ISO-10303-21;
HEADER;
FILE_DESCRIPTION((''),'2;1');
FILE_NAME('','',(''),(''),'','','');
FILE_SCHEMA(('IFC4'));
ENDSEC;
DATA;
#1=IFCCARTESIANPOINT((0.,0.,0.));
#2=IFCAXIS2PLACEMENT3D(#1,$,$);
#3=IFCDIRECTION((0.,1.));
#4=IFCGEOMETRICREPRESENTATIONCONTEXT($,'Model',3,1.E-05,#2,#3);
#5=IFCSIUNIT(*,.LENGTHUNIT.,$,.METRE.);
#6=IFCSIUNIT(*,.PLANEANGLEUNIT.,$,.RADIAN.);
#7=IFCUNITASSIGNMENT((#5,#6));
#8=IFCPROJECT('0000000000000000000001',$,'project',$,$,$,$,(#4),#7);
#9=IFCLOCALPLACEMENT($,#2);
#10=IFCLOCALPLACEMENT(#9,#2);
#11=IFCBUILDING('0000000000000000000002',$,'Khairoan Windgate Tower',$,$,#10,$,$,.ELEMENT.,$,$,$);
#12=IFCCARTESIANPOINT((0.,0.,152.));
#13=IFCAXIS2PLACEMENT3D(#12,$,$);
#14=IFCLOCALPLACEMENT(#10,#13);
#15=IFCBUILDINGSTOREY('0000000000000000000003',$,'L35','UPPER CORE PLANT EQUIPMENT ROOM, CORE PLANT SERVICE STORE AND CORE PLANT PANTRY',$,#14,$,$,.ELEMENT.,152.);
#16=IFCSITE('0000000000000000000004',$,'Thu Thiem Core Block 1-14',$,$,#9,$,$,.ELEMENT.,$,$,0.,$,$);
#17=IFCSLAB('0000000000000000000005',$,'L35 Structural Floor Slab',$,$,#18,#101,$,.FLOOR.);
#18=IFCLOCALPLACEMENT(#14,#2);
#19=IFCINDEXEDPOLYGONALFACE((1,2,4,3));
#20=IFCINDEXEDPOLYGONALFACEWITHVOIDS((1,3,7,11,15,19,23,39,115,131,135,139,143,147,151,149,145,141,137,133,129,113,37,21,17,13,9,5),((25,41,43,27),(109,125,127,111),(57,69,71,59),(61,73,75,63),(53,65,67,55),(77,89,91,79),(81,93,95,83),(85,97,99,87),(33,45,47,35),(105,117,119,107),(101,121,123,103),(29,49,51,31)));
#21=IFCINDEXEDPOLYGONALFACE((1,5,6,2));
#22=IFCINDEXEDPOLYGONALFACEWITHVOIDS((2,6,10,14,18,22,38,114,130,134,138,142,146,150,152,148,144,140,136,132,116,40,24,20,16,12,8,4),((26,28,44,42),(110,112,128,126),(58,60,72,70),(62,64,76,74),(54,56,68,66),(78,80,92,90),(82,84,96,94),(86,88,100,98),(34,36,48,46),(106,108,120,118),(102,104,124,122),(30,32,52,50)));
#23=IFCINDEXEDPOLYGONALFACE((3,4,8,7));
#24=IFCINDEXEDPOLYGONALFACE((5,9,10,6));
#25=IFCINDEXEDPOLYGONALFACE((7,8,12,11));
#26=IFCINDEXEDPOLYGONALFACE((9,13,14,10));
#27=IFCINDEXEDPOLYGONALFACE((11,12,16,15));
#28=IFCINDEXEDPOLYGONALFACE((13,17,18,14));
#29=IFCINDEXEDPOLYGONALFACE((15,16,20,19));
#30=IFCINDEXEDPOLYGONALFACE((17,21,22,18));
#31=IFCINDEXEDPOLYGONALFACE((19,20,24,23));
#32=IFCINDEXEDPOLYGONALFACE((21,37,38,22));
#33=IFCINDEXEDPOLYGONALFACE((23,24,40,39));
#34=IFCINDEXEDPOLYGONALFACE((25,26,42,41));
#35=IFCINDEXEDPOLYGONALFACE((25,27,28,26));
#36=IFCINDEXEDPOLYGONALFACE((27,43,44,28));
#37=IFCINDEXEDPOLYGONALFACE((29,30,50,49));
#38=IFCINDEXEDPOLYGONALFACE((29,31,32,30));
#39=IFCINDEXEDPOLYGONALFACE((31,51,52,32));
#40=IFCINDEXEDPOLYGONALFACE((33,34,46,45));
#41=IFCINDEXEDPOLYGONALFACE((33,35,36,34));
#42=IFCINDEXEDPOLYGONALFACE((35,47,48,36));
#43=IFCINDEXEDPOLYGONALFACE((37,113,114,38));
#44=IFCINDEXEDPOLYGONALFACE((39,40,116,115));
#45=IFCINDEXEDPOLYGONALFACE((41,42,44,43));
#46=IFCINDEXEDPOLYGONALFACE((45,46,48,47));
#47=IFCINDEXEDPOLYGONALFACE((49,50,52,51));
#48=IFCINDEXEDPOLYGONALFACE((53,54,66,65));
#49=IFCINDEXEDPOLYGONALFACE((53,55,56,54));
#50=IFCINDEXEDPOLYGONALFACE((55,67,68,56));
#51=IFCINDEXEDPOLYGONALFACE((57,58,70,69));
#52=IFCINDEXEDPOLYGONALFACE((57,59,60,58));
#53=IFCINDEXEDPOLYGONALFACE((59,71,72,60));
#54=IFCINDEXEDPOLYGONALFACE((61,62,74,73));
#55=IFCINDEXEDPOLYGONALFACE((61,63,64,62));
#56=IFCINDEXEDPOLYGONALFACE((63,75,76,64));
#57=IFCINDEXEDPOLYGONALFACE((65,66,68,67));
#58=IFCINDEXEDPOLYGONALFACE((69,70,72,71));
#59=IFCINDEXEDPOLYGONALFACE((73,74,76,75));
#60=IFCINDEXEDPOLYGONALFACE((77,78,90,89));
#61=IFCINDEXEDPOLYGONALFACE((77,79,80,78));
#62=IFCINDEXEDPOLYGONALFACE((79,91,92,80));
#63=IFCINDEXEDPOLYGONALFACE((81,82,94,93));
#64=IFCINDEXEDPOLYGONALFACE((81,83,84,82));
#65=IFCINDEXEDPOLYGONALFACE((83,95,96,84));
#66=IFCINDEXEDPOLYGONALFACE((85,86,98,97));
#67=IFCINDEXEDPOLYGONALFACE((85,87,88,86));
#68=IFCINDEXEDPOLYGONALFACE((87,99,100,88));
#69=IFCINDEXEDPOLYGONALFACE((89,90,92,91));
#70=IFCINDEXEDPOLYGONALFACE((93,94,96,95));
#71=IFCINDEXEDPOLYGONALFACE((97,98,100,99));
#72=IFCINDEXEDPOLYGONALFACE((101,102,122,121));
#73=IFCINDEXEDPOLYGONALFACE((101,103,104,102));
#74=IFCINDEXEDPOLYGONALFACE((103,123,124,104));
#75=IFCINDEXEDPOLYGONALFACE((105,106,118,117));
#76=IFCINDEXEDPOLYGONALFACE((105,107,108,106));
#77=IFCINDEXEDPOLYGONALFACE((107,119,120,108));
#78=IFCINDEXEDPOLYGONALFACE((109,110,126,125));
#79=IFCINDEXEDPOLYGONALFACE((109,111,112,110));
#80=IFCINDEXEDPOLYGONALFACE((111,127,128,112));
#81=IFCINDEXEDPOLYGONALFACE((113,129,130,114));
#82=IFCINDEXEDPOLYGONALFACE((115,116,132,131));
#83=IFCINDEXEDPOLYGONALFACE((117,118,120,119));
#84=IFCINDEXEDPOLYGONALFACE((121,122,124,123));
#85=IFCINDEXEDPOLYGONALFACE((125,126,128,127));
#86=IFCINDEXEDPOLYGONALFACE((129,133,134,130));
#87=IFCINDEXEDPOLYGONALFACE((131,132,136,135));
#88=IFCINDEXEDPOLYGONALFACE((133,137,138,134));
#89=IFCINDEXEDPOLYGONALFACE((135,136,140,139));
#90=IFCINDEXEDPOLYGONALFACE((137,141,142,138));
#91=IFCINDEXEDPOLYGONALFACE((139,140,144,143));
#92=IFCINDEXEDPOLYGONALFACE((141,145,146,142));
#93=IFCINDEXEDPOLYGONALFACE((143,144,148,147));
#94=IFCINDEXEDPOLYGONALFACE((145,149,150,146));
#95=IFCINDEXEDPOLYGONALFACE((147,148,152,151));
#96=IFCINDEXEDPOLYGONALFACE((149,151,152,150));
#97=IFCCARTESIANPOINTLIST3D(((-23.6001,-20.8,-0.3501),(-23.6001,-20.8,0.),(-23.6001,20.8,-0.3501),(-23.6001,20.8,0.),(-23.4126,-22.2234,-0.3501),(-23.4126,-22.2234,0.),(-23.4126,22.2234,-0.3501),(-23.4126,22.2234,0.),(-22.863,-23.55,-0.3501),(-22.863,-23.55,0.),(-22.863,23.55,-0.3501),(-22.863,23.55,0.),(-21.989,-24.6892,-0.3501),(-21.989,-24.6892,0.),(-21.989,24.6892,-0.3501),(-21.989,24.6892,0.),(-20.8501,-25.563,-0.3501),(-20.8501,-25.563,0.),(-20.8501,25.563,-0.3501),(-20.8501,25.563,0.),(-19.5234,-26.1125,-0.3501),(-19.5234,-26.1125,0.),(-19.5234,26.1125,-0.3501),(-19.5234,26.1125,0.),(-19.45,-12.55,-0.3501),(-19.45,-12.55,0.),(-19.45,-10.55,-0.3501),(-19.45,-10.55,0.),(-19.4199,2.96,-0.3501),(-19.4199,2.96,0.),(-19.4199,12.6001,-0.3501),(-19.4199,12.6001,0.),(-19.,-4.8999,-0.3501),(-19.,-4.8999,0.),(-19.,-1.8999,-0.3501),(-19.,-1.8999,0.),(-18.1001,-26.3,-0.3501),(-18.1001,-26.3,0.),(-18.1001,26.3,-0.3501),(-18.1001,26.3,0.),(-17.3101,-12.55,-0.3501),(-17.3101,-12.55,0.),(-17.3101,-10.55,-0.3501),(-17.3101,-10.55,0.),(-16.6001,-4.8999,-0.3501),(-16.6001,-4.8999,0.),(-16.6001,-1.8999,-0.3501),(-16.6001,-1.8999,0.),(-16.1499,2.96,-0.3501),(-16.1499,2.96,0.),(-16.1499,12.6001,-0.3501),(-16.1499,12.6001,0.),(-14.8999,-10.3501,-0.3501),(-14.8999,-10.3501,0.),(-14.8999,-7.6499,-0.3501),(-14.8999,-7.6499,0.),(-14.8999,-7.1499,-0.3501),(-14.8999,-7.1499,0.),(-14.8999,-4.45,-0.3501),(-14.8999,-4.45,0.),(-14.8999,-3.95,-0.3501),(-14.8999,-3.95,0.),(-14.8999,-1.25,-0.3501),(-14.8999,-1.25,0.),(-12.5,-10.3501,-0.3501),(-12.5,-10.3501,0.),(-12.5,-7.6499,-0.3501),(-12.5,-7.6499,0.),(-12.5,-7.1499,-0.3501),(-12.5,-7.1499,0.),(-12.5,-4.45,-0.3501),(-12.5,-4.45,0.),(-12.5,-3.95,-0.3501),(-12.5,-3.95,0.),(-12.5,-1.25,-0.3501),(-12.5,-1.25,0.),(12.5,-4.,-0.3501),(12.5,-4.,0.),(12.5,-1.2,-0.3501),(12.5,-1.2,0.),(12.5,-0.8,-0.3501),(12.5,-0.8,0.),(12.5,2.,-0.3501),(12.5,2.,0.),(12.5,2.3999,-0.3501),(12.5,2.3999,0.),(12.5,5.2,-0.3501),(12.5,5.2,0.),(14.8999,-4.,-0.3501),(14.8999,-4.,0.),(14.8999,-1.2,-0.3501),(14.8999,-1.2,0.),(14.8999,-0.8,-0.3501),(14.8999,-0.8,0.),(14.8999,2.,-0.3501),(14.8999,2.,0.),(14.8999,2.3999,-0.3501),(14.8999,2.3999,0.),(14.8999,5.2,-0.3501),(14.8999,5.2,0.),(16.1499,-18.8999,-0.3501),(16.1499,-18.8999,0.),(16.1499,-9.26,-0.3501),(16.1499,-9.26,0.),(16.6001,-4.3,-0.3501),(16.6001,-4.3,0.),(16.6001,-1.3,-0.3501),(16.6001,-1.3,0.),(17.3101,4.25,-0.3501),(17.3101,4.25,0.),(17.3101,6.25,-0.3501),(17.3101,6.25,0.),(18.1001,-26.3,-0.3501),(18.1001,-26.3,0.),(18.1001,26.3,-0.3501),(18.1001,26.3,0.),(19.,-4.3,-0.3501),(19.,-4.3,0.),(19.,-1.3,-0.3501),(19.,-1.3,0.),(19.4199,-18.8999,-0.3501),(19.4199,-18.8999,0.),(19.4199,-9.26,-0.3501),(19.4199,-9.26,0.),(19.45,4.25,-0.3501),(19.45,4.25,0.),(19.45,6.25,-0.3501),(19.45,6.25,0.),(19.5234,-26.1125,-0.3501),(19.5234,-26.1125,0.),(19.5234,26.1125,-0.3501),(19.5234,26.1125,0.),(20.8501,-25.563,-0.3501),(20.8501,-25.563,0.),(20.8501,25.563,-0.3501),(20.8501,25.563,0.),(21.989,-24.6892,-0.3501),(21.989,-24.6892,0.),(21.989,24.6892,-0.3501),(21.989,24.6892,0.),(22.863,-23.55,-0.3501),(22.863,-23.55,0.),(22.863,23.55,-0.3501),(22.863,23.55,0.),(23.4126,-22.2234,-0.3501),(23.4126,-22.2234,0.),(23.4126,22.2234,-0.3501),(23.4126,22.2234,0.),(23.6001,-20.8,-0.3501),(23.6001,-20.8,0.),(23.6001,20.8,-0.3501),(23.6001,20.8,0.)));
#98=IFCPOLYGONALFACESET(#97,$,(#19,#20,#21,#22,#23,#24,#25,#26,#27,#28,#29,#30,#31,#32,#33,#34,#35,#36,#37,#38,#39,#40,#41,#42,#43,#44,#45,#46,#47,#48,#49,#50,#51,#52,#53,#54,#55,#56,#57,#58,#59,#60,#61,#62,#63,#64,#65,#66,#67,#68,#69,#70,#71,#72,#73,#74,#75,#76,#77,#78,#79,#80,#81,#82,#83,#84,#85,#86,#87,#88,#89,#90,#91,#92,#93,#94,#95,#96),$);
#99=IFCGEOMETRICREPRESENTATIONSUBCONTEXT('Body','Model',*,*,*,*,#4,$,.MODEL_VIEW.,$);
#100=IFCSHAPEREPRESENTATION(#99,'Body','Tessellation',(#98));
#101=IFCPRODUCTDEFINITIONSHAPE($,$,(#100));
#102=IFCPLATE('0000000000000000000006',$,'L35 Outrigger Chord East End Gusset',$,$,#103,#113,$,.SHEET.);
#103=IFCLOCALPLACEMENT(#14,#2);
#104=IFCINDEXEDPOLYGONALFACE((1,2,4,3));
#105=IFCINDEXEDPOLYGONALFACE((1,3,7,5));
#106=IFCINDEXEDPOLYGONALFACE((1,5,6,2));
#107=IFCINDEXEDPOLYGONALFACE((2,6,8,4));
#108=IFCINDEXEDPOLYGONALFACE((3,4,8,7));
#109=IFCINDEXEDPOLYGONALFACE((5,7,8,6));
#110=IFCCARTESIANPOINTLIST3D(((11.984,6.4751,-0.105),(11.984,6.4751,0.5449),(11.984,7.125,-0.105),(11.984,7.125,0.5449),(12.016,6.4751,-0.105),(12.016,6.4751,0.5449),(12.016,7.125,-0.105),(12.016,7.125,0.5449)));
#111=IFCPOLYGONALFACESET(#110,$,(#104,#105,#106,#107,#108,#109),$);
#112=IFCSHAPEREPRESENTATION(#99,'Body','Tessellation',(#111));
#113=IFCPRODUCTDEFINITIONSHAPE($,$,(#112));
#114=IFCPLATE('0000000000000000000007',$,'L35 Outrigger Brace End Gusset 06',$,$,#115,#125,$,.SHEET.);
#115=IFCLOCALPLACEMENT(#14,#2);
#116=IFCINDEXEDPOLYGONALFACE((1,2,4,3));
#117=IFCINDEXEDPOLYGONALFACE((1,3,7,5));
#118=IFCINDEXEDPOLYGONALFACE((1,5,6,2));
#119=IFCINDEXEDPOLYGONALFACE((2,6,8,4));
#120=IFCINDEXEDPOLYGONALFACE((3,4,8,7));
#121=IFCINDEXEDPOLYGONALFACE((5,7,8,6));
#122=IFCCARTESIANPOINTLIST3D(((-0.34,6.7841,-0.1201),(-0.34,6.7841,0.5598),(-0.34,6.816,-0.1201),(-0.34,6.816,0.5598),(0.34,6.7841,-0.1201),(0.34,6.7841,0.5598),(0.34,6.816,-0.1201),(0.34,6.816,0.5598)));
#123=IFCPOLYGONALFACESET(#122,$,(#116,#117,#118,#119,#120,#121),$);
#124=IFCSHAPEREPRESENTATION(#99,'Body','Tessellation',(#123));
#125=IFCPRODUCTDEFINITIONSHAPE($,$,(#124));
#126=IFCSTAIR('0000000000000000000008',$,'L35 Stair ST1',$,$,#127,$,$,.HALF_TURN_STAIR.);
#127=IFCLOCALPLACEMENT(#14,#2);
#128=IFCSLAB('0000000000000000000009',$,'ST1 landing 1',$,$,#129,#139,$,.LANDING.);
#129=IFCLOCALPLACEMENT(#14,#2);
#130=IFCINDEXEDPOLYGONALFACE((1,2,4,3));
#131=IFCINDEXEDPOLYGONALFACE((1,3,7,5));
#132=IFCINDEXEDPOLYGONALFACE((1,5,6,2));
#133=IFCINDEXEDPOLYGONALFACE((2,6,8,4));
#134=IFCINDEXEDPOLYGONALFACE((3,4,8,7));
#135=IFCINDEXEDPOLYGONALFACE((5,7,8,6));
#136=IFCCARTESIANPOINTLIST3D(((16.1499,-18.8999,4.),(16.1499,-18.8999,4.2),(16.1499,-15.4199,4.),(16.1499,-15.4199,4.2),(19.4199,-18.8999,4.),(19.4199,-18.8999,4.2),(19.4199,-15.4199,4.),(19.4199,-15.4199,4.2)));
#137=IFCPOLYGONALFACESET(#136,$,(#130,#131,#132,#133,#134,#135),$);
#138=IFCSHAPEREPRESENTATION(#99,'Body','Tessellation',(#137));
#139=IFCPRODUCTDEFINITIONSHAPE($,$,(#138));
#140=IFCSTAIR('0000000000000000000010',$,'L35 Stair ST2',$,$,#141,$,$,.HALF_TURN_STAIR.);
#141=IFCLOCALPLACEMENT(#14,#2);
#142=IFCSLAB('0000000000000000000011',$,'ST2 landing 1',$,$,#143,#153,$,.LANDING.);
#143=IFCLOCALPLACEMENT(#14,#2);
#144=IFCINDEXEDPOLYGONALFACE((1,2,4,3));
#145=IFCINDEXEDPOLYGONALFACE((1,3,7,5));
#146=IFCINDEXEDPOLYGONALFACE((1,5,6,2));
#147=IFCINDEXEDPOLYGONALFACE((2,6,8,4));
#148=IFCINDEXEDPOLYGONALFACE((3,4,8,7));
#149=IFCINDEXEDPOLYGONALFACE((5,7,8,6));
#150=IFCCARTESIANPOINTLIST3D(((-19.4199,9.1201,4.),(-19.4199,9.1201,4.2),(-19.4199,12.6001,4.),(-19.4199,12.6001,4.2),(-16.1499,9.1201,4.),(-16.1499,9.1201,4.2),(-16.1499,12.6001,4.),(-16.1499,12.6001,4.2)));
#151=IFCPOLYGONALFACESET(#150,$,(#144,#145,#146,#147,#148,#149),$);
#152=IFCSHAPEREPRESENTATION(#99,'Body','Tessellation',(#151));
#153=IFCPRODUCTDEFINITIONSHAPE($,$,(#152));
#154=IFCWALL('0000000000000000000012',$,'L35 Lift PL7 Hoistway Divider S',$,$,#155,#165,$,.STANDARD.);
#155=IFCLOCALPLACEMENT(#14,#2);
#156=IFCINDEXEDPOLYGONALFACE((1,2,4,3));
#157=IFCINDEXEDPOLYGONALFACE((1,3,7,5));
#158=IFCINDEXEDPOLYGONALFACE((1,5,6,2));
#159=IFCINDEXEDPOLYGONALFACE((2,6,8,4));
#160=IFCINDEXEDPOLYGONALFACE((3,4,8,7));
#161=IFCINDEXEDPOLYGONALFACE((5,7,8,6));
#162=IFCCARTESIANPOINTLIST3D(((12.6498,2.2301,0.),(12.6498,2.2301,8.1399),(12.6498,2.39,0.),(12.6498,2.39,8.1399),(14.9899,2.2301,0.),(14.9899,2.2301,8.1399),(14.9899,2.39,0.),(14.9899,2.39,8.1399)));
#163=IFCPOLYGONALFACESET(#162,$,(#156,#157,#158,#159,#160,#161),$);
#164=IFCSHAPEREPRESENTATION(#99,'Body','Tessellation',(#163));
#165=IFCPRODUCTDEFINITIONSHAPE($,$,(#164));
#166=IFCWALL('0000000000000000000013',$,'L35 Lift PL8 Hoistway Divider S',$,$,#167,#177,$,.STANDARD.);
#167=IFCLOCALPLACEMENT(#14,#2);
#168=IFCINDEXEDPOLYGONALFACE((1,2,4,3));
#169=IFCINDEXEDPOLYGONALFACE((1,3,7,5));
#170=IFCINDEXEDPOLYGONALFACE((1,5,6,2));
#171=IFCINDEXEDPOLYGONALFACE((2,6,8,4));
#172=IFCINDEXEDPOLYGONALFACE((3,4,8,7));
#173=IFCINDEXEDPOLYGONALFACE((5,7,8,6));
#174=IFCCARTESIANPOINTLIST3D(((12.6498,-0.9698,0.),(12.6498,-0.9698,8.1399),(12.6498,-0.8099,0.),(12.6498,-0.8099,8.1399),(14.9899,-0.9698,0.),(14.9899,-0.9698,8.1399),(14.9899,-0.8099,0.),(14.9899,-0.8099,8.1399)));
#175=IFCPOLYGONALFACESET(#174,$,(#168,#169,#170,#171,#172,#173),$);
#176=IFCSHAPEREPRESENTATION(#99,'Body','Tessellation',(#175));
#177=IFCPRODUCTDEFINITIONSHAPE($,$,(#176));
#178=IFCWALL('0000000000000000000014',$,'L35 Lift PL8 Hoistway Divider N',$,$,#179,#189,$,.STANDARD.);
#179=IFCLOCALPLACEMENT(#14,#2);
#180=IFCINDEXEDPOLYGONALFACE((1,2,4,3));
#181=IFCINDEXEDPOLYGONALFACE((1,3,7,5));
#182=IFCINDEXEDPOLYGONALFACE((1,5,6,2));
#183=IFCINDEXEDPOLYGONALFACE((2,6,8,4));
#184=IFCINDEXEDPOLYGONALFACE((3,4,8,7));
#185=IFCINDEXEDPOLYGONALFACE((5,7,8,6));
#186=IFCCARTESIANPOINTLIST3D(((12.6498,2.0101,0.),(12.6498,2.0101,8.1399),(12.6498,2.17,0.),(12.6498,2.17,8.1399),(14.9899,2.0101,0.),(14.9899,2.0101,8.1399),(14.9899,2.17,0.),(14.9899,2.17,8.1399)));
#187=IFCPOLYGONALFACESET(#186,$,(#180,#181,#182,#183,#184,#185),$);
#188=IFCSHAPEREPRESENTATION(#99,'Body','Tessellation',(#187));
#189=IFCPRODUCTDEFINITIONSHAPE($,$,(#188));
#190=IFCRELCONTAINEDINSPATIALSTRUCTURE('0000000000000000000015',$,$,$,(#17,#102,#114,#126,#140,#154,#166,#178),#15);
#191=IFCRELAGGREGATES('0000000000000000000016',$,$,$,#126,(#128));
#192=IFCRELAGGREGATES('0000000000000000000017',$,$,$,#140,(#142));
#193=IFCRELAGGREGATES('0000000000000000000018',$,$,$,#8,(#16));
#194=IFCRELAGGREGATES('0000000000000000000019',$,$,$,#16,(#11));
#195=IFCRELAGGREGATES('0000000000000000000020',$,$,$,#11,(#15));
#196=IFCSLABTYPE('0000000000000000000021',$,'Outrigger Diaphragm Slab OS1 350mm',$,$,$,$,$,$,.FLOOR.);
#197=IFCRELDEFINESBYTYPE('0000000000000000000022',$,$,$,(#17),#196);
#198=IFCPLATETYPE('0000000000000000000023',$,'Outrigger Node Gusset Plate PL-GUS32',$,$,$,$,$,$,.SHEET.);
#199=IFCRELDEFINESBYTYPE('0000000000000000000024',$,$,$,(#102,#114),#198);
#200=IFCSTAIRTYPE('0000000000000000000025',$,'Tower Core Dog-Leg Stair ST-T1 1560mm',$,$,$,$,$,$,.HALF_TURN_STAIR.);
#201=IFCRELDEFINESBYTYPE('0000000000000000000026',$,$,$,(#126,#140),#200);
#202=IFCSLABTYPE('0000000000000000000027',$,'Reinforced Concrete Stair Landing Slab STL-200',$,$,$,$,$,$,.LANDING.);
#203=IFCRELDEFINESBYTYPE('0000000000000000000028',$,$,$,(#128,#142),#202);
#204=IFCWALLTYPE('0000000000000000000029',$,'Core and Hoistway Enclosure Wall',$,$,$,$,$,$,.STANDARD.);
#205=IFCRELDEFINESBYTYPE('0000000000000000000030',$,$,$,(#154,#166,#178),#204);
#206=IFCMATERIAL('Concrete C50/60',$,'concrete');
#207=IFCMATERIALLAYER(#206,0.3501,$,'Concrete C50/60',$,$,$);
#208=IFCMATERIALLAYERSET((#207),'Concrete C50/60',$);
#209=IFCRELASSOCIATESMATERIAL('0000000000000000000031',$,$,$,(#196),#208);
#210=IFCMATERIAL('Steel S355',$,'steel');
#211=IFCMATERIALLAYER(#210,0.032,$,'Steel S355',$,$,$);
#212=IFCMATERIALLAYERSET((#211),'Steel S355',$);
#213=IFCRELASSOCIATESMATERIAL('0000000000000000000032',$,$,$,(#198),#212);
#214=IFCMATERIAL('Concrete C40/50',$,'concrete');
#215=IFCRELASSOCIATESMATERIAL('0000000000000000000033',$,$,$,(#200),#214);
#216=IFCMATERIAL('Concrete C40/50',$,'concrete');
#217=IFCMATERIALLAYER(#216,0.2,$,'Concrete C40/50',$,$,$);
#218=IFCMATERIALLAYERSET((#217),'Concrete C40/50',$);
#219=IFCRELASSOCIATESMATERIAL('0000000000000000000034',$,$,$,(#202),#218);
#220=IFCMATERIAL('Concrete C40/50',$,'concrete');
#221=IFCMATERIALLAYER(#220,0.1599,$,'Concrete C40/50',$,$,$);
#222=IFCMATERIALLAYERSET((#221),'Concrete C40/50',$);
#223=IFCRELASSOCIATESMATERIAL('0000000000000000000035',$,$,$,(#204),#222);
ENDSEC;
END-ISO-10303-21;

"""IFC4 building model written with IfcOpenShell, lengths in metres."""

from ifc_helpers import new_model, si_unit, direction, frame, frame_2d, origin, origin_2d, place, context, subcontext, project, spatial, polyline, rectangle, outline, extrude, material, layer, layer_set, type_object, element, aggregate, save


model = new_model("IFC4")

# Units and contexts
model_context = context("Model", 3, precision=1e-05, world=origin(), true_north=direction((0.0, 1.0)))
body_context = subcontext(model_context, "Body", "Model", "MODEL_VIEW")
ifc_project = project(units=[si_unit("LENGTHUNIT", "METRE"), si_unit("PLANEANGLEUNIT", "RADIAN")], contexts=[model_context])

# Site, building, storey
site_placement = place(None, origin())
site = spatial("IfcSite", under=ifc_project, at=site_placement, Name="Thu Thiem Core Block 1-14", CompositionType="ELEMENT", RefElevation=0.0)
building_placement = place(site_placement, origin())
building = spatial("IfcBuilding", under=site, at=building_placement, Name="Khairoan Windgate Tower", CompositionType="ELEMENT")
storey_placement = place(building_placement, frame((0.0, 0.0, 152.0)))
storey = spatial("IfcBuildingStorey", under=building, at=storey_placement, Name="L35", Description="UPPER CORE PLANT EQUIPMENT ROOM, CORE PLANT SERVICE STORE AND CORE PLANT PANTRY", CompositionType="ELEMENT", Elevation=152.0)

# Slab
ifc_material_1 = material(Name="Concrete C50/60", Category="concrete")
ifc_layer_1 = layer(ifc_material_1, 0.3501, Name="Concrete C50/60")
ifc_layer_set_1 = layer_set([ifc_layer_1], Name="Concrete C50/60")
slab_type_1 = type_object("IfcSlabType", Name="Outrigger Diaphragm Slab OS1 350mm", PredefinedType="FLOOR", material=ifc_layer_set_1)
slab_1_placement = place(storey_placement, frame((0.0, 0.0, -0.3501)))
element("IfcSlab", 1, at=slab_1_placement, inside=storey, type_object=slab_type_1, Name="L35 Structural Floor Slab", PredefinedType="FLOOR", context=body_context, shape_type="SweptSolid", body=[
    extrude(outline(polyline([(18.1001, -26.3), (19.5234, -26.1125), (20.8501, -25.563), (21.989, -24.6892), (22.863, -23.55), (23.4126, -22.2234), (23.6001, -20.8), (23.6001, 20.8), (23.4126, 22.2234), (22.863, 23.55), (21.989, 24.6892), (20.8501, 25.563), (19.5234, 26.1125), (18.1001, 26.3), (-18.1001, 26.3), (-19.5234, 26.1125), (-20.8501, 25.563), (-21.989, 24.6892), (-22.863, 23.55), (-23.4126, 22.2234), (-23.6001, 20.8), (-23.6001, -20.8), (-23.4126, -22.2234), (-22.863, -23.55), (-21.989, -24.6892), (-20.8501, -25.563), (-19.5234, -26.1125), (-18.1001, -26.3), (18.1001, -26.3)]), holes=[polyline([(16.1499, -9.26), (16.1499, -18.8999), (19.4199, -18.8999), (19.4199, -9.26), (16.1499, -9.26)]), polyline([(-16.1499, 2.96), (-16.1499, 12.6001), (-19.4199, 12.6001), (-19.4199, 2.96), (-16.1499, 2.96)]), polyline([(-14.8999, -3.95), (-12.5, -3.95), (-12.5, -1.25), (-14.8999, -1.25), (-14.8999, -3.95)]), polyline([(-14.8999, -7.1499), (-12.5, -7.1499), (-12.5, -4.45), (-14.8999, -4.45), (-14.8999, -7.1499)]), polyline([(-14.8999, -10.3501), (-12.5, -10.3501), (-12.5, -7.6499), (-14.8999, -7.6499), (-14.8999, -10.3501)]), polyline([(12.5, 2.3999), (14.8999, 2.3999), (14.8999, 5.2), (12.5, 5.2), (12.5, 2.3999)]), polyline([(12.5, -0.8), (14.8999, -0.8), (14.8999, 2.0), (12.5, 2.0), (12.5, -0.8)]), polyline([(12.5, -4.0), (14.8999, -4.0), (14.8999, -1.2), (12.5, -1.2), (12.5, -4.0)]), polyline([(16.6001, -4.3), (19.0, -4.3), (19.0, -1.3), (16.6001, -1.3), (16.6001, -4.3)]), polyline([(-19.0, -4.8999), (-16.6001, -4.8999), (-16.6001, -1.8999), (-19.0, -1.8999), (-19.0, -4.8999)]), polyline([(-19.45, -12.55), (-17.3101, -12.55), (-17.3101, -10.55), (-19.45, -10.55), (-19.45, -12.55)]), polyline([(17.3101, 4.25), (19.45, 4.25), (19.45, 6.25), (17.3101, 6.25), (17.3101, 4.25)])]), origin(), (0.0, 0.0, 1.0), 0.3501),
])

# Plates
ifc_material_2 = material(Name="Steel S355", Category="steel")
ifc_layer_2 = layer(ifc_material_2, 0.032, Name="Steel S355")
ifc_layer_set_2 = layer_set([ifc_layer_2], Name="Steel S355")
plate_type_1 = type_object("IfcPlateType", Name="Outrigger Node Gusset Plate PL-GUS32", PredefinedType="SHEET", material=ifc_layer_set_2)
plate_1_placement = place(storey_placement, frame((12.0, 6.8, -0.105), z_axis=(0.0, 0.0, 1.0), x_axis=(1.0, 0.0, 0.0)))
element("IfcPlate", 2, at=plate_1_placement, inside=storey, type_object=plate_type_1, Name="L35 Outrigger Chord East End Gusset", PredefinedType="SHEET", context=body_context, shape_type="SweptSolid", body=[
    extrude(rectangle(XDim=0.032, YDim=0.6499, at=origin_2d()), origin(), (0.0, 0.0, 1.0), 0.6499),
])
plate_2_placement = place(storey_placement, frame((0.0, 6.8, -0.1201), z_axis=(0.0, 0.0, 1.0), x_axis=(1.0, 0.0, 0.0)))
element("IfcPlate", 3, at=plate_2_placement, inside=storey, type_object=plate_type_1, Name="L35 Outrigger Brace End Gusset 06", PredefinedType="SHEET", context=body_context, shape_type="SweptSolid", body=[
    extrude(rectangle(XDim=0.6799, YDim=0.032, at=origin_2d()), origin(), (0.0, 0.0, 1.0), 0.6799),
])

# Stairs, slabs
ifc_material_3 = material(Name="Concrete C40/50", Category="concrete")
stair_type = type_object("IfcStairType", Name="Tower Core Dog-Leg Stair ST-T1 1560mm", PredefinedType="HALF_TURN_STAIR", material=ifc_material_3)
stair_1_placement = place(storey_placement, origin())
stair_1 = element("IfcStair", 4, at=stair_1_placement, inside=storey, type_object=stair_type, Name="L35 Stair ST1", PredefinedType="HALF_TURN_STAIR")
ifc_material_4 = material(Name="Concrete C40/50", Category="concrete")
ifc_layer_3 = layer(ifc_material_4, 0.2, Name="Concrete C40/50")
ifc_layer_set_3 = layer_set([ifc_layer_3], Name="Concrete C40/50")
slab_type_2 = type_object("IfcSlabType", Name="Reinforced Concrete Stair Landing Slab STL-200", PredefinedType="LANDING", material=ifc_layer_set_3)
slab_2_placement = place(storey_placement, frame((0.0, 0.0, 4.0)))
slab_2 = element("IfcSlab", 5, at=slab_2_placement, type_object=slab_type_2, Name="ST1 landing 1", PredefinedType="LANDING", context=body_context, shape_type="SweptSolid", body=[
    extrude(outline(polyline([(16.1499, -15.4199), (16.1499, -18.8999), (19.4199, -18.8999), (19.4199, -15.4199), (16.1499, -15.4199)])), origin(), (0.0, 0.0, 1.0), 0.2),
])
aggregate(stair_1, [slab_2])
stair_2_placement = place(storey_placement, origin())
stair_2 = element("IfcStair", 6, at=stair_2_placement, inside=storey, type_object=stair_type, Name="L35 Stair ST2", PredefinedType="HALF_TURN_STAIR")
slab_3_placement = place(storey_placement, frame((0.0, 0.0, 4.0)))
slab_3 = element("IfcSlab", 7, at=slab_3_placement, type_object=slab_type_2, Name="ST2 landing 1", PredefinedType="LANDING", context=body_context, shape_type="SweptSolid", body=[
    extrude(outline(polyline([(-16.1499, 9.1201), (-16.1499, 12.6001), (-19.4199, 12.6001), (-19.4199, 9.1201), (-16.1499, 9.1201)])), origin(), (0.0, 0.0, 1.0), 0.2),
])
aggregate(stair_2, [slab_3])

# Walls
ifc_material_5 = material(Name="Concrete C40/50", Category="concrete")
ifc_layer_4 = layer(ifc_material_5, 0.1599, Name="Concrete C40/50")
ifc_layer_set_4 = layer_set([ifc_layer_4], Name="Concrete C40/50")
wall_type_1 = type_object("IfcWallType", Name="Core and Hoistway Enclosure Wall", PredefinedType="STANDARD", material=ifc_layer_set_4)
for number, where, z_axis, x_axis, name in (
    (8, (12.6499, 2.3101, 0.0), (0.0, 0.0, 1.0), (1.0, 0.0, 0.0), "L35 Lift PL7 Hoistway Divider S"),
    (9, (12.6499, -0.8899, 0.0), (0.0, 0.0, 1.0), (1.0, 0.0, 0.0), "L35 Lift PL8 Hoistway Divider S"),
    (10, (12.6499, 2.0901, 0.0), (0.0, 0.0, 1.0), (1.0, 0.0, 0.0), "L35 Lift PL8 Hoistway Divider N"),
):
    element("IfcWall", number, at=place(storey_placement, frame(where, z_axis=z_axis, x_axis=x_axis)), inside=storey, type_object=wall_type_1, Name=name, PredefinedType="STANDARD", context=body_context, shape_type="SweptSolid", body=[
        extrude(rectangle(XDim=2.3401, YDim=0.1599, at=frame_2d((1.1699, 0.0))), origin(), (0.0, 0.0, 1.0), 8.1399),
    ])

save(model, "model.ifc")
